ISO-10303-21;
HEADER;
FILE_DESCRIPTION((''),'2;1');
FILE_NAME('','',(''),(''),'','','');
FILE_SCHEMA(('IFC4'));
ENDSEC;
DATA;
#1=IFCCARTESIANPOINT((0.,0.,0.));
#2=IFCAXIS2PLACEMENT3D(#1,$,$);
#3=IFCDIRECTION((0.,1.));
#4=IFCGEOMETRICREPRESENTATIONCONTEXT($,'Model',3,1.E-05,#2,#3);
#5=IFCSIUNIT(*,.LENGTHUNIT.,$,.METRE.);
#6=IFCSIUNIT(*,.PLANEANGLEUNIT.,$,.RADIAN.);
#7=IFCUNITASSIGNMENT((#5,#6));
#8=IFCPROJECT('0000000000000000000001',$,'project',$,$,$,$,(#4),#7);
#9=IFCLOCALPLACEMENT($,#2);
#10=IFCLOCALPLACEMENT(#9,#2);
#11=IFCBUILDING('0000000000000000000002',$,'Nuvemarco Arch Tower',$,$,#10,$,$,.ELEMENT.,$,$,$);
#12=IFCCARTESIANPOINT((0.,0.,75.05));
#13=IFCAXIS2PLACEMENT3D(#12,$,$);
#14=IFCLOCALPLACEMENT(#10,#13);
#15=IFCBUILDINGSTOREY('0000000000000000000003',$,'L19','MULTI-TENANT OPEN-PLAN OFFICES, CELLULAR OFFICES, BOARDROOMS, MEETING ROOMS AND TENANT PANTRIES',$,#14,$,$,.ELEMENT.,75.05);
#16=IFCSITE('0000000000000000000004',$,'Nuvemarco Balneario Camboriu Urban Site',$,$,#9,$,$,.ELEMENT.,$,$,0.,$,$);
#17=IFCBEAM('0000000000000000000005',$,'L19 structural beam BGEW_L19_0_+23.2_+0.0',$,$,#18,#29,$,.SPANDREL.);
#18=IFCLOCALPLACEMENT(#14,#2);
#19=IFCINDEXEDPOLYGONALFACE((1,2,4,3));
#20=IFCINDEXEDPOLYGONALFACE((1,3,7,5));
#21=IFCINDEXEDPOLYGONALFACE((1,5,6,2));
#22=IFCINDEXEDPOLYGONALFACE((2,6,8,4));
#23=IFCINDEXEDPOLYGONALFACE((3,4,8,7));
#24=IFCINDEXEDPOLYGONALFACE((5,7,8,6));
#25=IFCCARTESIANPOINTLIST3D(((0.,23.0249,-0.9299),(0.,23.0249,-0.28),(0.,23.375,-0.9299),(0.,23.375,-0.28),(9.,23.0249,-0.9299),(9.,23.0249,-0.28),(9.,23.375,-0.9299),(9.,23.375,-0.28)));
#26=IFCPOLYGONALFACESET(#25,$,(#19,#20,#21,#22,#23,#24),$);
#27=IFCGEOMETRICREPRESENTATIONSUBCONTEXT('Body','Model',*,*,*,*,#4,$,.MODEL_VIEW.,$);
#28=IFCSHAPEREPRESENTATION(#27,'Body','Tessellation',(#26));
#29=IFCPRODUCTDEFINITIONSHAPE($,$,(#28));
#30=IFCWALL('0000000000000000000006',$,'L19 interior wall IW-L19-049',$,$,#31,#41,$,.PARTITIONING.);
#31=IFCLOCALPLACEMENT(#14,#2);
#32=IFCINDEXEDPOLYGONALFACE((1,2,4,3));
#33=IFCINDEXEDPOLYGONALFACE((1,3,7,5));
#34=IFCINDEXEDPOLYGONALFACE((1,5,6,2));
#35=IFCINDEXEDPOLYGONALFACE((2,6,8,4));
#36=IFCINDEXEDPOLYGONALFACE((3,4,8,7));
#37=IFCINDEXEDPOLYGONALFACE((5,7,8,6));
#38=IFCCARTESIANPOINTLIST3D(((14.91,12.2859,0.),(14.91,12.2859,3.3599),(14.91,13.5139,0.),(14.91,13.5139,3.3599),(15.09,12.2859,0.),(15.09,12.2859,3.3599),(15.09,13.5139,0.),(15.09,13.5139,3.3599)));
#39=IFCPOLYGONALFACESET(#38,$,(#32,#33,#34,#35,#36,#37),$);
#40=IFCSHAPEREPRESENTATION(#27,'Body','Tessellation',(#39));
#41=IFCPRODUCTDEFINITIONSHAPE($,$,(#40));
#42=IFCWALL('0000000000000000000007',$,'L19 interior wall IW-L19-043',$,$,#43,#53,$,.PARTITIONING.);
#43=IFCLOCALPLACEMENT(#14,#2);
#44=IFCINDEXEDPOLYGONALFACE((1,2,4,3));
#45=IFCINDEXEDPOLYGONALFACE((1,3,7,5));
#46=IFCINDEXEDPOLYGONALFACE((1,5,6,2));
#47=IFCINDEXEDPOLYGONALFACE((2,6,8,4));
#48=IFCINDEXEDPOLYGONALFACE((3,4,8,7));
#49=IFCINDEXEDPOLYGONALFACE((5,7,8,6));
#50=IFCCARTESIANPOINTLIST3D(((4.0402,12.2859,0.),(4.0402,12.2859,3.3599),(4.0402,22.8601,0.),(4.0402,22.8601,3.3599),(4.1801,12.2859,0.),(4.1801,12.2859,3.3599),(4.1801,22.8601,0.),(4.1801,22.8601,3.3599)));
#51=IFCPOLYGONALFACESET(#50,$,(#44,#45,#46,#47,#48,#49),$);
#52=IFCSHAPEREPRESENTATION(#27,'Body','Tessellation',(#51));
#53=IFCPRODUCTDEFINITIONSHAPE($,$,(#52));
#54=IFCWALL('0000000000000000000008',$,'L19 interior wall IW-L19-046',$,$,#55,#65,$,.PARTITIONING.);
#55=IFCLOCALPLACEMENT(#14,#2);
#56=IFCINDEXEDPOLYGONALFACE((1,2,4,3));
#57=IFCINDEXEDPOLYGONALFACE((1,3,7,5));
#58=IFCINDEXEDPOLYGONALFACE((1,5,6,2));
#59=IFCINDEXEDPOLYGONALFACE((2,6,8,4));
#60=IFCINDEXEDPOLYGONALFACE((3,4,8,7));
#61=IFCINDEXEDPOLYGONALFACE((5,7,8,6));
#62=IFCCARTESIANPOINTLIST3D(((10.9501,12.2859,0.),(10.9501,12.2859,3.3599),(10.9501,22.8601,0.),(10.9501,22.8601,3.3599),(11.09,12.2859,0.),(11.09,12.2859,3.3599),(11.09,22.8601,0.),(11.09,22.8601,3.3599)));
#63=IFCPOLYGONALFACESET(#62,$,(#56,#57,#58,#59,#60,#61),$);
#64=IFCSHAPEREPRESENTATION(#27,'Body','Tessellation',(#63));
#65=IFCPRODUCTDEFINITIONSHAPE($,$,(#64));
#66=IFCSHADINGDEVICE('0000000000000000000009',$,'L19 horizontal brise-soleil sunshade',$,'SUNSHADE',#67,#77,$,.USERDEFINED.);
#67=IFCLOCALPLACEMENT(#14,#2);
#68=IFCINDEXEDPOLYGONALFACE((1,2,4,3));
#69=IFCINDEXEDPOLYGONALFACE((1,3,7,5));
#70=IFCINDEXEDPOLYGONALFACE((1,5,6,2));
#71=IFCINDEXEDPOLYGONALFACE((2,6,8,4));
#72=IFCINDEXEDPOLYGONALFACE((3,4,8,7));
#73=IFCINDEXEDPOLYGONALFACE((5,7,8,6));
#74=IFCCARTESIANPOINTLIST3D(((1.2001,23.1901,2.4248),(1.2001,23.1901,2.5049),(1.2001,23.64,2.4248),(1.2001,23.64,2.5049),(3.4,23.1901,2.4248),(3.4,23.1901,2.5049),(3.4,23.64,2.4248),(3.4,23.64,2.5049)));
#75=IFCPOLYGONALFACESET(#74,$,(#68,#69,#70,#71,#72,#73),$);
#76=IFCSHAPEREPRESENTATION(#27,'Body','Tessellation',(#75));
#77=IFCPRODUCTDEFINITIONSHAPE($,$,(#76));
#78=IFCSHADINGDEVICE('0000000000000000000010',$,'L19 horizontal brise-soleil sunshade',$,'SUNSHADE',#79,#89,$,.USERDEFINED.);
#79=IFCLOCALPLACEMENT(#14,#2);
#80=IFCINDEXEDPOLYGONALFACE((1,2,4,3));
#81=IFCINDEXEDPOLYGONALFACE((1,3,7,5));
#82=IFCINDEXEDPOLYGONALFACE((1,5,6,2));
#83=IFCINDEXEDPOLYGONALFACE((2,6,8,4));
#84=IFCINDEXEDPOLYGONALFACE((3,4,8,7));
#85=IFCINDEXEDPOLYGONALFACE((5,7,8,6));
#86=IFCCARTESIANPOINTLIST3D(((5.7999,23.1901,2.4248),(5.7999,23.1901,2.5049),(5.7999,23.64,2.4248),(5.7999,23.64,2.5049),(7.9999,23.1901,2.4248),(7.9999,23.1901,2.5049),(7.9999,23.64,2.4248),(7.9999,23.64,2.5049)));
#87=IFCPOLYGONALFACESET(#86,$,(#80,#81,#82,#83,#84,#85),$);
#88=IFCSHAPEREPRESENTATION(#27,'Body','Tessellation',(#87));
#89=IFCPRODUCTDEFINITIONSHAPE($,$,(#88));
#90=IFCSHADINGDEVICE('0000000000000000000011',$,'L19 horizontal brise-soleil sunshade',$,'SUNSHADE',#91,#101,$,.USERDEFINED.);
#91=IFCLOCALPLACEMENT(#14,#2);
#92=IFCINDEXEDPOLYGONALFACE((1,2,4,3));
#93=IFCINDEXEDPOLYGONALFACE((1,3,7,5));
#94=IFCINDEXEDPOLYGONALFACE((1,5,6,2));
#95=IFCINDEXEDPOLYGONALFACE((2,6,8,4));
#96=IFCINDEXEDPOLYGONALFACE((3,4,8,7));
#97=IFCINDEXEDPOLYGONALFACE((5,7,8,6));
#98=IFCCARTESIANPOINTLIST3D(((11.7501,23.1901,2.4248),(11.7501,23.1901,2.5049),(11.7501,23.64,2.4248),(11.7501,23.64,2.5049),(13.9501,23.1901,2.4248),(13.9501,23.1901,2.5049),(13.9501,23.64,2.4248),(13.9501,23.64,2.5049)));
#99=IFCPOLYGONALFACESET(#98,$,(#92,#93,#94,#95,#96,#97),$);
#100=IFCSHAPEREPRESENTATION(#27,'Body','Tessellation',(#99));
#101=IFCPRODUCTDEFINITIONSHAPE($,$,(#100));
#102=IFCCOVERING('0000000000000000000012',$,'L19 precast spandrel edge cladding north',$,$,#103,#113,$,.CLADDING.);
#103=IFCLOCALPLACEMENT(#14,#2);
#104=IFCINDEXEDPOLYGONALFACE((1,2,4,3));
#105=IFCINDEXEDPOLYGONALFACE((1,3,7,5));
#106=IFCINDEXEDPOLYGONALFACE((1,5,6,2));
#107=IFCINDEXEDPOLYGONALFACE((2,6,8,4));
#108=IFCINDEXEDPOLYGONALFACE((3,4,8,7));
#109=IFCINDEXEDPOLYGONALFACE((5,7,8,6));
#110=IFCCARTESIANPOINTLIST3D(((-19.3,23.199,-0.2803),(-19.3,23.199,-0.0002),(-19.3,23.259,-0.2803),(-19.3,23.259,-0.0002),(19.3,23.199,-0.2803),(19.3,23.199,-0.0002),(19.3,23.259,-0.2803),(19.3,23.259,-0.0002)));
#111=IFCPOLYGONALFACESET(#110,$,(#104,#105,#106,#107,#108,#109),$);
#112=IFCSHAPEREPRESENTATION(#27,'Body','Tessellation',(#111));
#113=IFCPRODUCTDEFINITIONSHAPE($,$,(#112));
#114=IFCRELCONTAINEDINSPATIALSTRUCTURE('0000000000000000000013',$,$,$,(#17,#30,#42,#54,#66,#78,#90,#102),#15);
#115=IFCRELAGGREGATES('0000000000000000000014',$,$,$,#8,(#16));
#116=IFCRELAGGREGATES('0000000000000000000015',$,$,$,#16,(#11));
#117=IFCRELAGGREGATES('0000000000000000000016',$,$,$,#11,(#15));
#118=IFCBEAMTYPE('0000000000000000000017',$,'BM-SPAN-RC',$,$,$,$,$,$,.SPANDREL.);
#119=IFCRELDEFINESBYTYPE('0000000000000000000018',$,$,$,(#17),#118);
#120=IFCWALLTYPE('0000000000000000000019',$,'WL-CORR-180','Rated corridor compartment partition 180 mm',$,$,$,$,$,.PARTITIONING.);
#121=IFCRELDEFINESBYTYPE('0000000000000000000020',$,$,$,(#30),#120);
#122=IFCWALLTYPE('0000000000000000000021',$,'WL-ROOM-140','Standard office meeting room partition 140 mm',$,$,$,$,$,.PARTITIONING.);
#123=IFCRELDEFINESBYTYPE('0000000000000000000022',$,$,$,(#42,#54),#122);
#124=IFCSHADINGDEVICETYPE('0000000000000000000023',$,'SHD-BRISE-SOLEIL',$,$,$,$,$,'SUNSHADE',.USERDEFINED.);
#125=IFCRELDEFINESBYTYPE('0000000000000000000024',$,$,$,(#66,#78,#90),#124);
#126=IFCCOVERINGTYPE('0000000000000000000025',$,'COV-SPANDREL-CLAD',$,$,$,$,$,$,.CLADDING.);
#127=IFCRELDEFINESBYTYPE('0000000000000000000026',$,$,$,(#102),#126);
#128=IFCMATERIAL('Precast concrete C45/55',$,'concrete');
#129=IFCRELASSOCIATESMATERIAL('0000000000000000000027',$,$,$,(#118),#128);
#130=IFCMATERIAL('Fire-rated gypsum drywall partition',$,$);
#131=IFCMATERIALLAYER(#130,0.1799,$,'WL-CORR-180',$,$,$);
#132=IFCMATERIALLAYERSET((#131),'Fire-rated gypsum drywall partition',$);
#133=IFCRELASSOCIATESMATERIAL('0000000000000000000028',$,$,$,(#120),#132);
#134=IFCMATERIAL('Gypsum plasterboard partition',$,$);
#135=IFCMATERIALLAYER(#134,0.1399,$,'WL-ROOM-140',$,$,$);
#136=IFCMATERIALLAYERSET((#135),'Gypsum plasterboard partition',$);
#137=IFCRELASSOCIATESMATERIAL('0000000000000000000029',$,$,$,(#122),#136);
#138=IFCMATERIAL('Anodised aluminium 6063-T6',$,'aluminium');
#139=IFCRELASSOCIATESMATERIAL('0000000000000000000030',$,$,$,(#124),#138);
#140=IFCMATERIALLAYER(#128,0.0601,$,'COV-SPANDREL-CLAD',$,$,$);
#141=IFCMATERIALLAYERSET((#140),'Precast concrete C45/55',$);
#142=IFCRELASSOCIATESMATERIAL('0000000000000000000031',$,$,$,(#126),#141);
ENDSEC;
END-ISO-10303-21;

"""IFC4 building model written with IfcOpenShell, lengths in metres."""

from ifc_helpers import new_model, si_unit, direction, frame, frame_2d, origin, origin_2d, place, context, subcontext, project, spatial, rectangle, extrude, source, transform, mapped, material, layer, layer_set, material_profile, profile_set, type_object, type_shapes, element, save


model = new_model("IFC4")

# Units and contexts
model_context = context("Model", 3, precision=1e-05, world=origin(), true_north=direction((0.0, 1.0)))
body_context = subcontext(model_context, "Body", "Model", "MODEL_VIEW")
ifc_project = project(units=[si_unit("LENGTHUNIT", "METRE"), si_unit("PLANEANGLEUNIT", "RADIAN")], contexts=[model_context])

# Site, building, storey
site_placement = place(None, origin())
site = spatial("IfcSite", under=ifc_project, at=site_placement, Name="Nuvemarco Balneario Camboriu Urban Site", CompositionType="ELEMENT", RefElevation=0.0)
building_placement = place(site_placement, origin())
building = spatial("IfcBuilding", under=site, at=building_placement, Name="Nuvemarco Arch Tower", CompositionType="ELEMENT")
storey_placement = place(building_placement, frame((0.0, 0.0, 75.05)))
storey = spatial("IfcBuildingStorey", under=building, at=storey_placement, Name="L19", Description="MULTI-TENANT OPEN-PLAN OFFICES, CELLULAR OFFICES, BOARDROOMS, MEETING ROOMS AND TENANT PANTRIES", CompositionType="ELEMENT", Elevation=75.05)

# Beam
ifc_material_1 = material(Name="Precast concrete C45/55", Category="concrete")
ifc_material_profile_1 = material_profile(ifc_material_1, rectangle(XDim=0.3501, YDim=0.6499, at=origin_2d()), Name="PC-SP-350x650")
ifc_profile_set_1 = profile_set([ifc_material_profile_1], Name="Precast concrete C45/55")
beam_type_1 = type_object("IfcBeamType", Name="BM-SPAN-RC", PredefinedType="SPANDREL", material=ifc_profile_set_1)
beam_1_placement = place(storey_placement, frame((0.0, 23.2, -0.605), z_axis=(1.0, 0.0, 0.0), x_axis=(0.0, 1.0, 0.0)))
element("IfcBeam", 1, at=beam_1_placement, inside=storey, type_object=beam_type_1, Name="L19 structural beam BGEW_L19_0_+23.2_+0.0", PredefinedType="SPANDREL", context=body_context, shape_type="SweptSolid", body=[
    extrude(rectangle(XDim=0.3501, YDim=0.6499, at=origin_2d()), origin(), (0.0, 0.0, 1.0), 9.0),
])

# Walls
ifc_material_2 = material(Name="Fire-rated gypsum drywall partition")
ifc_layer_1 = layer(ifc_material_2, 0.1799, Name="WL-CORR-180")
ifc_layer_set_1 = layer_set([ifc_layer_1], Name="Fire-rated gypsum drywall partition")
wall_type_1 = type_object("IfcWallType", Name="WL-CORR-180", Description="Rated corridor compartment partition 180 mm", PredefinedType="PARTITIONING", material=ifc_layer_set_1)
wall_placement = place(storey_placement, frame((15.0, 12.2859, 0.0), z_axis=(0.0, 0.0, 1.0), x_axis=(0.0, 1.0, 0.0)))
element("IfcWall", 2, at=wall_placement, inside=storey, type_object=wall_type_1, Name="L19 interior wall IW-L19-049", PredefinedType="PARTITIONING", context=body_context, shape_type="SweptSolid", body=[
    extrude(rectangle(XDim=1.228, YDim=0.1799, at=frame_2d((0.614, 0.0))), origin(), (0.0, 0.0, 1.0), 3.3599),
])
ifc_material_3 = material(Name="Gypsum plasterboard partition")
ifc_layer_2 = layer(ifc_material_3, 0.1399, Name="WL-ROOM-140")
ifc_layer_set_2 = layer_set([ifc_layer_2], Name="Gypsum plasterboard partition")
wall_type_2 = type_object("IfcWallType", Name="WL-ROOM-140", Description="Standard office meeting room partition 140 mm", PredefinedType="PARTITIONING", material=ifc_layer_set_2)
for number, where, z_axis, x_axis, name in (
    (3, (4.1101, 12.2859, 0.0), (0.0, 0.0, 1.0), (0.0, 1.0, 0.0), "L19 interior wall IW-L19-043"),
    (4, (11.02, 12.2859, 0.0), (0.0, 0.0, 1.0), (0.0, 1.0, 0.0), "L19 interior wall IW-L19-046"),
):
    element("IfcWall", number, at=place(storey_placement, frame(where, z_axis=z_axis, x_axis=x_axis)), inside=storey, type_object=wall_type_2, Name=name, PredefinedType="PARTITIONING", context=body_context, shape_type="SweptSolid", body=[
        extrude(rectangle(XDim=10.5742, YDim=0.1399, at=frame_2d((5.2871, 0.0))), origin(), (0.0, 0.0, 1.0), 3.3599),
    ])

# Shading devices
ifc_material_4 = material(Name="Anodised aluminium 6063-T6", Category="aluminium")
shading_device_type = type_object("IfcShadingDeviceType", Name="SHD-BRISE-SOLEIL", ElementType="SUNSHADE", PredefinedType="USERDEFINED", material=ifc_material_4)
shared_shape_1 = source(origin(), body_context, "Body", "SweptSolid", [
    extrude(rectangle(XDim=2.2, YDim=0.45, at=origin_2d()), origin(), (0.0, 0.0, 1.0), 0.0801),
])
type_shapes(shading_device_type, [shared_shape_1])
for number, where, z_axis, x_axis, name in (
    (5, (2.3, 23.415, 2.4248), (0.0, 0.0, 1.0), (1.0, 0.0, 0.0), "L19 horizontal brise-soleil sunshade"),
    (6, (6.8999, 23.415, 2.4248), (0.0, 0.0, 1.0), (1.0, 0.0, 0.0), "L19 horizontal brise-soleil sunshade"),
    (7, (12.8501, 23.415, 2.4248), (0.0, 0.0, 1.0), (1.0, 0.0, 0.0), "L19 horizontal brise-soleil sunshade"),
):
    element("IfcShadingDevice", number, at=place(storey_placement, frame(where, z_axis=z_axis, x_axis=x_axis)), inside=storey, type_object=shading_device_type, Name=name, ObjectType="SUNSHADE", PredefinedType="USERDEFINED", context=body_context, shape_type="MappedRepresentation", body=[
        mapped(shared_shape_1, transform((0.0, 0.0, 0.0), scale=1.0)),
    ])

# Covering
ifc_layer_3 = layer(ifc_material_1, 0.0601, Name="COV-SPANDREL-CLAD")
ifc_layer_set_3 = layer_set([ifc_layer_3], Name="Precast concrete C45/55")
covering_type = type_object("IfcCoveringType", Name="COV-SPANDREL-CLAD", PredefinedType="CLADDING", material=ifc_layer_set_3)
shared_shape_2 = source(origin(), body_context, "Body", "SweptSolid", [
    extrude(rectangle(XDim=38.6001, YDim=0.0601, at=origin_2d()), origin(), (0.0, 0.0, 1.0), 0.28),
])
type_shapes(covering_type, [shared_shape_2])
covering_placement = place(storey_placement, frame((0.0, 23.229, -0.2803), z_axis=(0.0, 0.0, 1.0), x_axis=(1.0, 0.0, 0.0)))
element("IfcCovering", 8, at=covering_placement, inside=storey, type_object=covering_type, Name="L19 precast spandrel edge cladding north", PredefinedType="CLADDING", context=body_context, shape_type="MappedRepresentation", body=[
    mapped(shared_shape_2, transform((0.0, 0.0, 0.0), scale=1.0)),
])

save(model, "model.ifc")
